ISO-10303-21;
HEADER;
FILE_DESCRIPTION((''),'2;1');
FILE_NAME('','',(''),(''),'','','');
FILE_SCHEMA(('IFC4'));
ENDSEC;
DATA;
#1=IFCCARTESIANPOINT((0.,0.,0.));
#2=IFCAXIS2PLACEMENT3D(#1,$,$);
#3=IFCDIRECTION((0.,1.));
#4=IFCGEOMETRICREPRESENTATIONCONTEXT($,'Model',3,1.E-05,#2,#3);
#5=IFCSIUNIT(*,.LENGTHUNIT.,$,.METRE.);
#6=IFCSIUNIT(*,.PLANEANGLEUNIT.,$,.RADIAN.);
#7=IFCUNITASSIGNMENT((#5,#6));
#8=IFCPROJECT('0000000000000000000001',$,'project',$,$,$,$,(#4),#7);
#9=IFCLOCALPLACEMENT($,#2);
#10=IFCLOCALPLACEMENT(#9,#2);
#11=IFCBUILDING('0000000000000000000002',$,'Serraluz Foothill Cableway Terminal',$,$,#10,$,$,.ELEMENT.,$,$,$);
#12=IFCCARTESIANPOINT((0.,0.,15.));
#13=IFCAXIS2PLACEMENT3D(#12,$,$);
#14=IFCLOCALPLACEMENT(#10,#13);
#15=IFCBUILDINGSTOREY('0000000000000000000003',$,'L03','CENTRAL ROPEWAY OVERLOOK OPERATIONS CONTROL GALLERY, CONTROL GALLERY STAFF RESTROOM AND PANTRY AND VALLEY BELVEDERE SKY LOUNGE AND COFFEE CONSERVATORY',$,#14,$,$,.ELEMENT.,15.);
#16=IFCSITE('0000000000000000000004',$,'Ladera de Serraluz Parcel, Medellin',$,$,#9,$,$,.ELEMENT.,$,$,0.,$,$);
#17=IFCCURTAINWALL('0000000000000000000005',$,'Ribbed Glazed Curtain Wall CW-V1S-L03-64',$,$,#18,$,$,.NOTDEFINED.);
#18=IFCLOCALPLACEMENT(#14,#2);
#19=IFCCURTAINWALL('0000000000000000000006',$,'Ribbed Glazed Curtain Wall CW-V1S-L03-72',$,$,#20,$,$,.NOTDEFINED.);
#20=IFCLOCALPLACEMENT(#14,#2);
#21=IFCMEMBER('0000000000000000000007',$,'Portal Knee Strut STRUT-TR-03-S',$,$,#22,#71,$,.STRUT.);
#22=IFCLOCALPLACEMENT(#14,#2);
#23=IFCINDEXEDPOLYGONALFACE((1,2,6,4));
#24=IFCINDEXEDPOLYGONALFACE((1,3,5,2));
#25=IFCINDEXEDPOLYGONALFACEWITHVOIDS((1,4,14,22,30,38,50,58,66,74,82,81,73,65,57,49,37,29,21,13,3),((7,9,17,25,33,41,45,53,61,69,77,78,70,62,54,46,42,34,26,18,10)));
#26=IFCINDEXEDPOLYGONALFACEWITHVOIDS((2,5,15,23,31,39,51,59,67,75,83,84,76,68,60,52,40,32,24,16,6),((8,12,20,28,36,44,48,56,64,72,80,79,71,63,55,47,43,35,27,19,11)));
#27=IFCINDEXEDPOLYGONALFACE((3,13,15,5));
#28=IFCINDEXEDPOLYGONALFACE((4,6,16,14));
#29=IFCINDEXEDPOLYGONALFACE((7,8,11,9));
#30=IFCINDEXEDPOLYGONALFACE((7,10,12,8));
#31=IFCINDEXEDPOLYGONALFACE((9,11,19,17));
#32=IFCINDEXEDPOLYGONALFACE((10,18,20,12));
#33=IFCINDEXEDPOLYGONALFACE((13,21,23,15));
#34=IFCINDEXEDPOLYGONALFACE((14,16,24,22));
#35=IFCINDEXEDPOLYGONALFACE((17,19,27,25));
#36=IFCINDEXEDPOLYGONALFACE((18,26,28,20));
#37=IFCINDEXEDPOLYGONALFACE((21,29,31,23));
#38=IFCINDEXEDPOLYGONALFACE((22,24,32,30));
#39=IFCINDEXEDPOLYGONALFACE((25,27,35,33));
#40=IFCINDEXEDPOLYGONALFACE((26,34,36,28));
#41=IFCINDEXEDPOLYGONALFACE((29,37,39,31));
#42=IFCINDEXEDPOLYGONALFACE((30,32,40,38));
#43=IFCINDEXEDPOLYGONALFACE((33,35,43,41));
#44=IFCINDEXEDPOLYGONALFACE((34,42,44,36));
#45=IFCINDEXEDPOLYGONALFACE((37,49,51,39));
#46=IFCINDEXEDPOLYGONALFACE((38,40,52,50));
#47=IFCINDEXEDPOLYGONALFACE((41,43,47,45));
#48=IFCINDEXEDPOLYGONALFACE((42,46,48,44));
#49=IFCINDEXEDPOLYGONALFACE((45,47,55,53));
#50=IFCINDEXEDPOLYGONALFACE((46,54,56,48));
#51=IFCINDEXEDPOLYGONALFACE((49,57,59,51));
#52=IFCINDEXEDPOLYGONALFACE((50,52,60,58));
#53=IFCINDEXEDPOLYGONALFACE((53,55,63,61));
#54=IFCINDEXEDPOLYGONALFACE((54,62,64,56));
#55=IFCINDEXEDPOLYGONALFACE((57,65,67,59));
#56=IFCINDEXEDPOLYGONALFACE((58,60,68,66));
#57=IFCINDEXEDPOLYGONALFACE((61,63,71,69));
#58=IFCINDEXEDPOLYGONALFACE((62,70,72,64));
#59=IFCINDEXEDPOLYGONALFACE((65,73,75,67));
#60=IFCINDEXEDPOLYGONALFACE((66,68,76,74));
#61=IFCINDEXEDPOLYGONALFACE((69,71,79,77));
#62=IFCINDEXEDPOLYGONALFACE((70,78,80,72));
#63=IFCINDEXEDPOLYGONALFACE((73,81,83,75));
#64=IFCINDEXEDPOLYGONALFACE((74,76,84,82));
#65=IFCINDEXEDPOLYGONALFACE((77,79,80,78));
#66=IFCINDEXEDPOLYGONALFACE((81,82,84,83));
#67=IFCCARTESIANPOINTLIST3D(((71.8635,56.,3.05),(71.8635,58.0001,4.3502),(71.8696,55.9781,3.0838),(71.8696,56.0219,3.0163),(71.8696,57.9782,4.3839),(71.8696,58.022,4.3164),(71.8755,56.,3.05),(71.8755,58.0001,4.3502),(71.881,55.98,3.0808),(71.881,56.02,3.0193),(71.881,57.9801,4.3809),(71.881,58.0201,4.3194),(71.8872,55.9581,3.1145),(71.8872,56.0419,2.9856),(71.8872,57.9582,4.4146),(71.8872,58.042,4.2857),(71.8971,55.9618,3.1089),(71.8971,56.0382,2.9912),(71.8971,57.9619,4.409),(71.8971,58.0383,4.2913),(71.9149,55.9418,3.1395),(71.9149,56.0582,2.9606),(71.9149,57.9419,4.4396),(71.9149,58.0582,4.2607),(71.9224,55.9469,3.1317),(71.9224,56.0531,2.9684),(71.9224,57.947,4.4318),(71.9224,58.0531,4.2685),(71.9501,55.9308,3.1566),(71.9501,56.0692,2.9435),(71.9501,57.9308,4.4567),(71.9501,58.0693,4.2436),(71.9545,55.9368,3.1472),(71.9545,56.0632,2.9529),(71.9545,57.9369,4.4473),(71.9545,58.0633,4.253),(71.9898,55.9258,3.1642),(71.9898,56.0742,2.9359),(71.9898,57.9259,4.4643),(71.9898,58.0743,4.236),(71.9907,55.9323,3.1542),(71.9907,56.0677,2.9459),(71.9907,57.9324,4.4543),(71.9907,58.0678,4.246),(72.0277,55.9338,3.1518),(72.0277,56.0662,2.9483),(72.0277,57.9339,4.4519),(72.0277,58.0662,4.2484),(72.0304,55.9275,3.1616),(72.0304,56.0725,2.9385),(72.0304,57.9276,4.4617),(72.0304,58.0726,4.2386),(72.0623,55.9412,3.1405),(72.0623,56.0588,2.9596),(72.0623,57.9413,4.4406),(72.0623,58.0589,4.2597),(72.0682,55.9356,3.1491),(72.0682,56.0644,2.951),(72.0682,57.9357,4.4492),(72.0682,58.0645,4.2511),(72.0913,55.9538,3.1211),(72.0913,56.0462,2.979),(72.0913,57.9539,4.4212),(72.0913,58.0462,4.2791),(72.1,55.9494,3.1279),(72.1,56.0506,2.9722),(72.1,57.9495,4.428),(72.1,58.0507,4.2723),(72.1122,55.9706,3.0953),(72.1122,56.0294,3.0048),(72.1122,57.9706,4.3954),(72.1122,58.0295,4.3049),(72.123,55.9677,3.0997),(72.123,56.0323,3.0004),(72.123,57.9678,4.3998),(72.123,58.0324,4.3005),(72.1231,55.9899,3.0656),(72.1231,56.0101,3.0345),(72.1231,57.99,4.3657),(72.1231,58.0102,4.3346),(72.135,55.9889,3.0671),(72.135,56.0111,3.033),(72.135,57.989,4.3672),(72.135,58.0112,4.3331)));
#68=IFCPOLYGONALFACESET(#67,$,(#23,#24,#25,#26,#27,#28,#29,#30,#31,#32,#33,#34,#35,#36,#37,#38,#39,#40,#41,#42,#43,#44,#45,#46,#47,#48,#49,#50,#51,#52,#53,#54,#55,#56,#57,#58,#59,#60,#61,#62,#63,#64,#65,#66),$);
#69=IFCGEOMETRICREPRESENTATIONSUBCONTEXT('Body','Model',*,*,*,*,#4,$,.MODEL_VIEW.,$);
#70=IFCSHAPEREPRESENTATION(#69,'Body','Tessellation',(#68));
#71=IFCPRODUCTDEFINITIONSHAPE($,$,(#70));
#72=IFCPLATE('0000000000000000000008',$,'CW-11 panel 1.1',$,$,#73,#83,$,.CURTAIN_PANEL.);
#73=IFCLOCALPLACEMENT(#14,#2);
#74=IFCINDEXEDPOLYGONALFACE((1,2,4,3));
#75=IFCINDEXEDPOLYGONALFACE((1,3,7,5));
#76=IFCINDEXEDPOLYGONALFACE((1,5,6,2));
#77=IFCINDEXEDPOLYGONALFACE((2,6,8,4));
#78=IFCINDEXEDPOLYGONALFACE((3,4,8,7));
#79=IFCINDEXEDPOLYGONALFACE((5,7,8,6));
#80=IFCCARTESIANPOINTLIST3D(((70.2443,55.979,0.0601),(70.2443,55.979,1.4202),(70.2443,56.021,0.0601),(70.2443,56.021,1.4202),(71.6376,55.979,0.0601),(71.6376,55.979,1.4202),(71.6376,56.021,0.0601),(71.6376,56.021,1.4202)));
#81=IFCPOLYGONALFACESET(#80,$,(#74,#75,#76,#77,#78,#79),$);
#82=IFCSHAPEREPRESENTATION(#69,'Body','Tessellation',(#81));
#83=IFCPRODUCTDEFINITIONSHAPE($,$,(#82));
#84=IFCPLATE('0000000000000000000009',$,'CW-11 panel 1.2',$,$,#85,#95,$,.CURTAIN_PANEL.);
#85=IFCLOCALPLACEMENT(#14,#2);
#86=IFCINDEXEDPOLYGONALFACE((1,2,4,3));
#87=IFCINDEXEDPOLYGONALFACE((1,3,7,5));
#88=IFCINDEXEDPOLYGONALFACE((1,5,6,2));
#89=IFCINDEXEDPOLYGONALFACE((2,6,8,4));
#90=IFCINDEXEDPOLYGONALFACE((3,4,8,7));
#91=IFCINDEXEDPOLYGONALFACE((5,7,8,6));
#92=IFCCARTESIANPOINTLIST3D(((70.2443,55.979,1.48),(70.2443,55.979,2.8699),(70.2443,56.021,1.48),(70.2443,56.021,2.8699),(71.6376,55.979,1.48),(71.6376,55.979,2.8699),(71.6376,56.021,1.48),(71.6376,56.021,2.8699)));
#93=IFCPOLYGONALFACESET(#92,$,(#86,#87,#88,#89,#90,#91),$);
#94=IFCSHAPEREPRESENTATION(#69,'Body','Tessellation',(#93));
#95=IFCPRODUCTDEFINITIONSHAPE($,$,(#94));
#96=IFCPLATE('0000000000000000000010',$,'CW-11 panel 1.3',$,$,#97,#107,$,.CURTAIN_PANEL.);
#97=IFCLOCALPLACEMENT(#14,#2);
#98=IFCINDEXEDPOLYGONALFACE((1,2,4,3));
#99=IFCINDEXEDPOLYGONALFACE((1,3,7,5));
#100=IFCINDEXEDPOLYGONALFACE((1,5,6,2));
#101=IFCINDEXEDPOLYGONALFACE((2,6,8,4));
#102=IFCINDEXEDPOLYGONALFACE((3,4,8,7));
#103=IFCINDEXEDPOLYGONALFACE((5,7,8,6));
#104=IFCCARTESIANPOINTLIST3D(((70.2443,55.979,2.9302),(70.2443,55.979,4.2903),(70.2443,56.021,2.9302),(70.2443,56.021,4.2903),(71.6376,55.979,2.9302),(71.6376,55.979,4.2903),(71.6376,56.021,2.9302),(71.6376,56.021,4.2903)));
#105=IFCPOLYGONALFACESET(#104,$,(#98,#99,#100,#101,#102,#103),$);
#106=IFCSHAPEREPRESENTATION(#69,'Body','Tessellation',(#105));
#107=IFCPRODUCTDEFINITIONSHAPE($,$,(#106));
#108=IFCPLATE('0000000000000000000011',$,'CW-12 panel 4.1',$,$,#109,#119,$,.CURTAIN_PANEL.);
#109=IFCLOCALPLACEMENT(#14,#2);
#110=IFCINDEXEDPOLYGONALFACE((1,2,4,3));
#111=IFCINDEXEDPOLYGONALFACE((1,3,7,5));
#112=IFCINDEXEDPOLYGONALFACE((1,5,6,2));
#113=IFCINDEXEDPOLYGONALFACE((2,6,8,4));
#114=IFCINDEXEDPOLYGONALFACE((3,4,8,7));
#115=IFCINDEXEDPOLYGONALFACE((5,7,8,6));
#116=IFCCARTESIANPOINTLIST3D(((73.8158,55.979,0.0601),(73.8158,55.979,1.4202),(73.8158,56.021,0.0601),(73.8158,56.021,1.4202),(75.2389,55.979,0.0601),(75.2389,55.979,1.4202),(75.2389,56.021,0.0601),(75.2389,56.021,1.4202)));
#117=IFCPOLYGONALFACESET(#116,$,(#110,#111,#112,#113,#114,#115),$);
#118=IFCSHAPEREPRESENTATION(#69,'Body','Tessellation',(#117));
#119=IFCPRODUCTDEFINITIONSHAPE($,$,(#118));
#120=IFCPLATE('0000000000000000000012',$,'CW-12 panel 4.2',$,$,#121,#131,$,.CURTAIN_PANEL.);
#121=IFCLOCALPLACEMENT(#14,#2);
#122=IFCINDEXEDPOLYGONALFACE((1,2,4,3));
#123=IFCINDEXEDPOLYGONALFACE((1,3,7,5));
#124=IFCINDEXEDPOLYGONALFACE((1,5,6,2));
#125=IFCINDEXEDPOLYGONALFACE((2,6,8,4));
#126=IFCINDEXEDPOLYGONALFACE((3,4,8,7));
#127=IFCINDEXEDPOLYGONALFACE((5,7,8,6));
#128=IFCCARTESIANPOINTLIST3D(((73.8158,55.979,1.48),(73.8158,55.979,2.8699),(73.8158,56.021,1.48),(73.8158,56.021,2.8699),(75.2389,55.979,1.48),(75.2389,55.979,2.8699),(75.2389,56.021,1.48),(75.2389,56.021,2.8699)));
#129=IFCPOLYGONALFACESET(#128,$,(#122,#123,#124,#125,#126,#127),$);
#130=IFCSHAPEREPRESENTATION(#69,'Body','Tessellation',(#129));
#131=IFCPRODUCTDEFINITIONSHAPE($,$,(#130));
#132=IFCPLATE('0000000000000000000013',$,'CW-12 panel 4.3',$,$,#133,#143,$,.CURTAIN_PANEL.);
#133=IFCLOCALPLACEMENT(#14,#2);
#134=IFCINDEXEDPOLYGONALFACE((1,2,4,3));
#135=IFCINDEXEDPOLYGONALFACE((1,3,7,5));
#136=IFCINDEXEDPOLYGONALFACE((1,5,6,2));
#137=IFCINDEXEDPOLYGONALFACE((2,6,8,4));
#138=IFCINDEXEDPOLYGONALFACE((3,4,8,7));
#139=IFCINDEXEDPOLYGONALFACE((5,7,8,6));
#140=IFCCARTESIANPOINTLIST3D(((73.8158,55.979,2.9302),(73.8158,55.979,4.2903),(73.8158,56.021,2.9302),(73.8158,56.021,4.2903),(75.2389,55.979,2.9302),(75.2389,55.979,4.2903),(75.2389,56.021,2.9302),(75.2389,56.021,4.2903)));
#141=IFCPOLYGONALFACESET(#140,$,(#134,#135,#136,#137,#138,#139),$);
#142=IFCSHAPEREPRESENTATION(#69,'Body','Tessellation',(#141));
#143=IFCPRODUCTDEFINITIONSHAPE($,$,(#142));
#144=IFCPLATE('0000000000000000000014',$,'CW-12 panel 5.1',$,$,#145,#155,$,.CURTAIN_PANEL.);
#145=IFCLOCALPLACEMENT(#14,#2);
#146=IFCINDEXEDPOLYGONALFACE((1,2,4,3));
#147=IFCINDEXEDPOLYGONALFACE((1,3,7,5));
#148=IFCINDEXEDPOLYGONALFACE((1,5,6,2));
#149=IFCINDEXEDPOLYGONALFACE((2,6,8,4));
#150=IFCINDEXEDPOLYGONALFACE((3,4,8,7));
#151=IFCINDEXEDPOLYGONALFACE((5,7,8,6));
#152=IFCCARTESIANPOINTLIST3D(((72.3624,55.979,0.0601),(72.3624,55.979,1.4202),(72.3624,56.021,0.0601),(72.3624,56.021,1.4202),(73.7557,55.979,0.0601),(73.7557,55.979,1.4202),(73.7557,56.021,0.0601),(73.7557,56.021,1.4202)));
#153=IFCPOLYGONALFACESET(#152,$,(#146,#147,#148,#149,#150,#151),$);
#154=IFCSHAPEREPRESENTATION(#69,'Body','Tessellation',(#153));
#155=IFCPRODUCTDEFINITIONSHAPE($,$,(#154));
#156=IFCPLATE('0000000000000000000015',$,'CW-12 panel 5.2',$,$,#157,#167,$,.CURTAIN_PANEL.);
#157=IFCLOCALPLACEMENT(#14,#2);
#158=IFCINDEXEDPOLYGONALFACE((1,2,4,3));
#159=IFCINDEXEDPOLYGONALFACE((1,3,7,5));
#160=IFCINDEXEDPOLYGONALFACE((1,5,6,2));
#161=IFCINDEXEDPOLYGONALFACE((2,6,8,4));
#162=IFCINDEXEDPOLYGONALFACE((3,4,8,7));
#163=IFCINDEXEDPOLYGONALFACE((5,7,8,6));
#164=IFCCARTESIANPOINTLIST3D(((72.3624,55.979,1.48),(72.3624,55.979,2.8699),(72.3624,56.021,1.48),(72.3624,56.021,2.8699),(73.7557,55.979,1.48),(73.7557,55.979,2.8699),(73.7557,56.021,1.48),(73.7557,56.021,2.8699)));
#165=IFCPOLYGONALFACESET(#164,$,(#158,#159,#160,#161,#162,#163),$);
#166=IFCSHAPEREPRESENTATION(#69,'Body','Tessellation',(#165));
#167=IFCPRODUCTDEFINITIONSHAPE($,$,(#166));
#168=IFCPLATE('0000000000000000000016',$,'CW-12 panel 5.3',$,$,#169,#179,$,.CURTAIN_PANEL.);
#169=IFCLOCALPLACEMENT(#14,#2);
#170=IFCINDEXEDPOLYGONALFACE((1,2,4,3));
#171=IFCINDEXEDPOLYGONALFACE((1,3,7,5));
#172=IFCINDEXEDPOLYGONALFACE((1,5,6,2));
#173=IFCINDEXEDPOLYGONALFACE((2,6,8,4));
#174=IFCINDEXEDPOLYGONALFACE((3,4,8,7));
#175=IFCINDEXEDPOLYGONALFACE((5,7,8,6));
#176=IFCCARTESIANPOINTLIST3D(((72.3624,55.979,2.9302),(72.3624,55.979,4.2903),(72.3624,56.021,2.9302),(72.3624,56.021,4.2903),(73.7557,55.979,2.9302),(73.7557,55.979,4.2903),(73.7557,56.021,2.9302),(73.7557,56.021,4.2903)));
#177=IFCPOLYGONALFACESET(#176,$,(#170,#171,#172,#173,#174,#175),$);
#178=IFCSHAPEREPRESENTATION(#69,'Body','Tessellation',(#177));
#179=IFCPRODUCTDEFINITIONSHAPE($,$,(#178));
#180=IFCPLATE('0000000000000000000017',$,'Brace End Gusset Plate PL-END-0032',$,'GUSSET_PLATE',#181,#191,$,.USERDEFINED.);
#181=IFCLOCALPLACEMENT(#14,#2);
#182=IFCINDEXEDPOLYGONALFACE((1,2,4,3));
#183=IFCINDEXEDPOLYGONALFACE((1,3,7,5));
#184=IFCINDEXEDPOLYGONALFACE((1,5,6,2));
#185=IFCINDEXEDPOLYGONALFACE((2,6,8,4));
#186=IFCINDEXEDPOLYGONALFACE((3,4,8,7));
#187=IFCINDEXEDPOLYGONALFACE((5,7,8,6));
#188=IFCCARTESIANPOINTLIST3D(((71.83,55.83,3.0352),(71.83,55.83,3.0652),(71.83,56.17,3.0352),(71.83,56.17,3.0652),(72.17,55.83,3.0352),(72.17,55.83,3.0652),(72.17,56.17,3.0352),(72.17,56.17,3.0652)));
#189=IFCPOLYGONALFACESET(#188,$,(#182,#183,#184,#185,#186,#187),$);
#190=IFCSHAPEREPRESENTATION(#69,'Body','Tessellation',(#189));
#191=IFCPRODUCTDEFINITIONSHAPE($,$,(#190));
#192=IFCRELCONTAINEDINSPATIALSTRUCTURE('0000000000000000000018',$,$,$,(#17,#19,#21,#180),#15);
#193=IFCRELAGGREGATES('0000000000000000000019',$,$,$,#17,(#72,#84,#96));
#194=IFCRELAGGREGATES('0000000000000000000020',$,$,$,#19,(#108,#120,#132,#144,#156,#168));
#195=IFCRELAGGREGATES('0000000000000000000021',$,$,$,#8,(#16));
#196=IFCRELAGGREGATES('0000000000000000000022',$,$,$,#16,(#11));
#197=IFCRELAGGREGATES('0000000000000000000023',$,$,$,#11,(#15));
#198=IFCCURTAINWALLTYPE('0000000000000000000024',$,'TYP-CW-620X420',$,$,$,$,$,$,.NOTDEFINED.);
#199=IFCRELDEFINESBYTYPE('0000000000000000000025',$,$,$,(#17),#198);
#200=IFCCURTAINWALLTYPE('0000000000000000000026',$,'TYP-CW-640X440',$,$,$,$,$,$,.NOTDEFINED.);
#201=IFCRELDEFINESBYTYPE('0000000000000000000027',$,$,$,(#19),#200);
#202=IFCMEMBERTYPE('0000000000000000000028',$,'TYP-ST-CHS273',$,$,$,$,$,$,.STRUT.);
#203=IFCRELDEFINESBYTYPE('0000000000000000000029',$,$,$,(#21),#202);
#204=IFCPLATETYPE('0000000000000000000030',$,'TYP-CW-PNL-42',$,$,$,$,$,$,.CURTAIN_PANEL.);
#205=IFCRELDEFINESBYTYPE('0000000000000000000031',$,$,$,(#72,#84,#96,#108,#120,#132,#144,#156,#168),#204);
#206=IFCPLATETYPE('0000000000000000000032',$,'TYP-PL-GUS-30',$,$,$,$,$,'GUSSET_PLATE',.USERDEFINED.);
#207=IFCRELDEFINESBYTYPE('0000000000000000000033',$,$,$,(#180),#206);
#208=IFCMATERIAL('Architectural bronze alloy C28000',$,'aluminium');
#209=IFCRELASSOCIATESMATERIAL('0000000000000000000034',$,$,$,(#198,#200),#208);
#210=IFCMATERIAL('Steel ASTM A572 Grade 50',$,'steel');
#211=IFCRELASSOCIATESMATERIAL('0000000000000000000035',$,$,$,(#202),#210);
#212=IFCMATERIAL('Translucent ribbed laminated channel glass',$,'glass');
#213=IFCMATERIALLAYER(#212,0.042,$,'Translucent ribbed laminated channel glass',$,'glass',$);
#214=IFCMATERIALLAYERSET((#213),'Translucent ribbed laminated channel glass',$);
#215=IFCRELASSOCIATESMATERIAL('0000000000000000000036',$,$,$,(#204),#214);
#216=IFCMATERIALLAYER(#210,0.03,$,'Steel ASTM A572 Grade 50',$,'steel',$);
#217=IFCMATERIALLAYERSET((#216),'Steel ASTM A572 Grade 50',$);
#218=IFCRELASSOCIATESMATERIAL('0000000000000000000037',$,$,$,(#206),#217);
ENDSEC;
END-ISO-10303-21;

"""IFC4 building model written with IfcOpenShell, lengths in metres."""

from ifc_helpers import new_model, si_unit, direction, frame, origin, origin_2d, place, context, subcontext, project, spatial, rectangle, hollow_circle, extrude, material, layer, layer_set, material_profile, profile_set, type_object, element, aggregate, save


model = new_model("IFC4")

# Units and contexts
model_context = context("Model", 3, precision=1e-05, world=origin(), true_north=direction((0.0, 1.0)))
body_context = subcontext(model_context, "Body", "Model", "MODEL_VIEW")
ifc_project = project(units=[si_unit("LENGTHUNIT", "METRE"), si_unit("PLANEANGLEUNIT", "RADIAN")], contexts=[model_context])

# Site, building, storey
site_placement = place(None, origin())
site = spatial("IfcSite", under=ifc_project, at=site_placement, Name="Ladera de Serraluz Parcel, Medellin", CompositionType="ELEMENT", RefElevation=0.0)
building_placement = place(site_placement, origin())
building = spatial("IfcBuilding", under=site, at=building_placement, Name="Serraluz Foothill Cableway Terminal", CompositionType="ELEMENT")
storey_placement = place(building_placement, frame((0.0, 0.0, 15.0)))
storey = spatial("IfcBuildingStorey", under=building, at=storey_placement, Name="L03", Description="CENTRAL ROPEWAY OVERLOOK OPERATIONS CONTROL GALLERY, CONTROL GALLERY STAFF RESTROOM AND PANTRY AND VALLEY BELVEDERE SKY LOUNGE AND COFFEE CONSERVATORY", CompositionType="ELEMENT", Elevation=15.0)

# Curtain walls
ifc_material_1 = material(Name="Architectural bronze alloy C28000", Category="aluminium")
curtain_wall_type_1 = type_object("IfcCurtainWallType", Name="TYP-CW-620X420", PredefinedType="NOTDEFINED", material=ifc_material_1)
curtain_wall_1_placement = place(storey_placement, origin())
curtain_wall_1 = element("IfcCurtainWall", 1, at=curtain_wall_1_placement, inside=storey, type_object=curtain_wall_type_1, Name="Ribbed Glazed Curtain Wall CW-V1S-L03-64", PredefinedType="NOTDEFINED")
curtain_wall_type_2 = type_object("IfcCurtainWallType", Name="TYP-CW-640X440", PredefinedType="NOTDEFINED", material=ifc_material_1)
curtain_wall_2_placement = place(storey_placement, origin())
curtain_wall_2 = element("IfcCurtainWall", 2, at=curtain_wall_2_placement, inside=storey, type_object=curtain_wall_type_2, Name="Ribbed Glazed Curtain Wall CW-V1S-L03-72", PredefinedType="NOTDEFINED")

# Member
ifc_material_2 = material(Name="Steel ASTM A572 Grade 50", Category="steel")
ifc_material_profile_1 = material_profile(ifc_material_2, hollow_circle(Radius=0.1365, WallThickness=0.012, at=origin_2d()), Name="CHS273X12")
ifc_profile_set_1 = profile_set([ifc_material_profile_1], Name="Steel ASTM A572 Grade 50")
member_type_1 = type_object("IfcMemberType", Name="TYP-ST-CHS273", PredefinedType="STRUT", material=ifc_profile_set_1)
member_1_placement = place(storey_placement, frame((72.0, 56.0, 3.05), z_axis=(0.0, 0.838434, 0.545003), x_axis=(-1.0, 0.0, 0.0)))
element("IfcMember", 3, at=member_1_placement, inside=storey, type_object=member_type_1, Name="Portal Knee Strut STRUT-TR-03-S", PredefinedType="STRUT", context=body_context, shape_type="SweptSolid", body=[
    extrude(hollow_circle(Radius=0.1365, WallThickness=0.012, at=origin_2d()), origin(), (0.0, 0.0, 1.0), 2.3855),
])

# Plates
ifc_material_3 = material(Name="Translucent ribbed laminated channel glass", Category="glass")
ifc_layer_1 = layer(ifc_material_3, 0.042, Name="Translucent ribbed laminated channel glass", Category="glass")
ifc_layer_set_1 = layer_set([ifc_layer_1], Name="Translucent ribbed laminated channel glass")
plate_type_1 = type_object("IfcPlateType", Name="TYP-CW-PNL-42", PredefinedType="CURTAIN_PANEL", material=ifc_layer_set_1)
plate_1_placement = place(storey_placement, frame((70.9409, 56.0, 0.0601), z_axis=(0.0, 0.0, 1.0), x_axis=(-1.0, 0.0, 0.0)))
plate_1 = element("IfcPlate", 4, at=plate_1_placement, type_object=plate_type_1, Name="CW-11 panel 1.1", PredefinedType="CURTAIN_PANEL", context=body_context, shape_type="SweptSolid", body=[
    extrude(rectangle(XDim=1.3933, YDim=0.042, at=origin_2d()), origin(), (0.0, 0.0, 1.0), 1.3601),
])
plate_2_placement = place(storey_placement, frame((70.9409, 56.0, 1.48), z_axis=(0.0, 0.0, 1.0), x_axis=(-1.0, 0.0, 0.0)))
plate_2 = element("IfcPlate", 5, at=plate_2_placement, type_object=plate_type_1, Name="CW-11 panel 1.2", PredefinedType="CURTAIN_PANEL", context=body_context, shape_type="SweptSolid", body=[
    extrude(rectangle(XDim=1.3933, YDim=0.042, at=origin_2d()), origin(), (0.0, 0.0, 1.0), 1.3899),
])
plate_3_placement = place(storey_placement, frame((70.9409, 56.0, 2.9302), z_axis=(0.0, 0.0, 1.0), x_axis=(-1.0, 0.0, 0.0)))
plate_3 = element("IfcPlate", 6, at=plate_3_placement, type_object=plate_type_1, Name="CW-11 panel 1.3", PredefinedType="CURTAIN_PANEL", context=body_context, shape_type="SweptSolid", body=[
    extrude(rectangle(XDim=1.3933, YDim=0.042, at=origin_2d()), origin(), (0.0, 0.0, 1.0), 1.3601),
])
aggregate(curtain_wall_1, [plate_1, plate_2, plate_3])
plate_4_placement = place(storey_placement, frame((74.5273, 56.0, 0.0601), z_axis=(0.0, 0.0, 1.0), x_axis=(-1.0, 0.0, 0.0)))
plate_4 = element("IfcPlate", 7, at=plate_4_placement, type_object=plate_type_1, Name="CW-12 panel 4.1", PredefinedType="CURTAIN_PANEL", context=body_context, shape_type="SweptSolid", body=[
    extrude(rectangle(XDim=1.4231, YDim=0.042, at=origin_2d()), origin(), (0.0, 0.0, 1.0), 1.3601),
])
plate_5_placement = place(storey_placement, frame((74.5273, 56.0, 1.48), z_axis=(0.0, 0.0, 1.0), x_axis=(-1.0, 0.0, 0.0)))
plate_5 = element("IfcPlate", 8, at=plate_5_placement, type_object=plate_type_1, Name="CW-12 panel 4.2", PredefinedType="CURTAIN_PANEL", context=body_context, shape_type="SweptSolid", body=[
    extrude(rectangle(XDim=1.4231, YDim=0.042, at=origin_2d()), origin(), (0.0, 0.0, 1.0), 1.3899),
])
plate_6_placement = place(storey_placement, frame((74.5273, 56.0, 2.9302), z_axis=(0.0, 0.0, 1.0), x_axis=(-1.0, 0.0, 0.0)))
plate_6 = element("IfcPlate", 9, at=plate_6_placement, type_object=plate_type_1, Name="CW-12 panel 4.3", PredefinedType="CURTAIN_PANEL", context=body_context, shape_type="SweptSolid", body=[
    extrude(rectangle(XDim=1.4231, YDim=0.042, at=origin_2d()), origin(), (0.0, 0.0, 1.0), 1.3601),
])
plate_7_placement = place(storey_placement, frame((73.0591, 56.0, 0.0601), z_axis=(0.0, 0.0, 1.0), x_axis=(-1.0, 0.0, 0.0)))
plate_7 = element("IfcPlate", 10, at=plate_7_placement, type_object=plate_type_1, Name="CW-12 panel 5.1", PredefinedType="CURTAIN_PANEL", context=body_context, shape_type="SweptSolid", body=[
    extrude(rectangle(XDim=1.3933, YDim=0.042, at=origin_2d()), origin(), (0.0, 0.0, 1.0), 1.3601),
])
plate_8_placement = place(storey_placement, frame((73.0591, 56.0, 1.48), z_axis=(0.0, 0.0, 1.0), x_axis=(-1.0, 0.0, 0.0)))
plate_8 = element("IfcPlate", 11, at=plate_8_placement, type_object=plate_type_1, Name="CW-12 panel 5.2", PredefinedType="CURTAIN_PANEL", context=body_context, shape_type="SweptSolid", body=[
    extrude(rectangle(XDim=1.3933, YDim=0.042, at=origin_2d()), origin(), (0.0, 0.0, 1.0), 1.3899),
])
plate_9_placement = place(storey_placement, frame((73.0591, 56.0, 2.9302), z_axis=(0.0, 0.0, 1.0), x_axis=(-1.0, 0.0, 0.0)))
plate_9 = element("IfcPlate", 12, at=plate_9_placement, type_object=plate_type_1, Name="CW-12 panel 5.3", PredefinedType="CURTAIN_PANEL", context=body_context, shape_type="SweptSolid", body=[
    extrude(rectangle(XDim=1.3933, YDim=0.042, at=origin_2d()), origin(), (0.0, 0.0, 1.0), 1.3601),
])
aggregate(curtain_wall_2, [plate_4, plate_5, plate_6, plate_7, plate_8, plate_9])
ifc_layer_2 = layer(ifc_material_2, 0.03, Name="Steel ASTM A572 Grade 50", Category="steel")
ifc_layer_set_2 = layer_set([ifc_layer_2], Name="Steel ASTM A572 Grade 50")
plate_type_2 = type_object("IfcPlateType", Name="TYP-PL-GUS-30", ElementType="GUSSET_PLATE", PredefinedType="USERDEFINED", material=ifc_layer_set_2)
plate_10_placement = place(storey_placement, frame((72.0, 56.0, 3.0352), z_axis=(0.0, 0.0, 1.0), x_axis=(1.0, 0.0, 0.0)))
element("IfcPlate", 13, at=plate_10_placement, inside=storey, type_object=plate_type_2, Name="Brace End Gusset Plate PL-END-0032", ObjectType="GUSSET_PLATE", PredefinedType="USERDEFINED", context=body_context, shape_type="SweptSolid", body=[
    extrude(rectangle(XDim=0.3401, YDim=0.3401, at=origin_2d()), origin(), (0.0, 0.0, 1.0), 0.03),
])

save(model, "model.ifc")
